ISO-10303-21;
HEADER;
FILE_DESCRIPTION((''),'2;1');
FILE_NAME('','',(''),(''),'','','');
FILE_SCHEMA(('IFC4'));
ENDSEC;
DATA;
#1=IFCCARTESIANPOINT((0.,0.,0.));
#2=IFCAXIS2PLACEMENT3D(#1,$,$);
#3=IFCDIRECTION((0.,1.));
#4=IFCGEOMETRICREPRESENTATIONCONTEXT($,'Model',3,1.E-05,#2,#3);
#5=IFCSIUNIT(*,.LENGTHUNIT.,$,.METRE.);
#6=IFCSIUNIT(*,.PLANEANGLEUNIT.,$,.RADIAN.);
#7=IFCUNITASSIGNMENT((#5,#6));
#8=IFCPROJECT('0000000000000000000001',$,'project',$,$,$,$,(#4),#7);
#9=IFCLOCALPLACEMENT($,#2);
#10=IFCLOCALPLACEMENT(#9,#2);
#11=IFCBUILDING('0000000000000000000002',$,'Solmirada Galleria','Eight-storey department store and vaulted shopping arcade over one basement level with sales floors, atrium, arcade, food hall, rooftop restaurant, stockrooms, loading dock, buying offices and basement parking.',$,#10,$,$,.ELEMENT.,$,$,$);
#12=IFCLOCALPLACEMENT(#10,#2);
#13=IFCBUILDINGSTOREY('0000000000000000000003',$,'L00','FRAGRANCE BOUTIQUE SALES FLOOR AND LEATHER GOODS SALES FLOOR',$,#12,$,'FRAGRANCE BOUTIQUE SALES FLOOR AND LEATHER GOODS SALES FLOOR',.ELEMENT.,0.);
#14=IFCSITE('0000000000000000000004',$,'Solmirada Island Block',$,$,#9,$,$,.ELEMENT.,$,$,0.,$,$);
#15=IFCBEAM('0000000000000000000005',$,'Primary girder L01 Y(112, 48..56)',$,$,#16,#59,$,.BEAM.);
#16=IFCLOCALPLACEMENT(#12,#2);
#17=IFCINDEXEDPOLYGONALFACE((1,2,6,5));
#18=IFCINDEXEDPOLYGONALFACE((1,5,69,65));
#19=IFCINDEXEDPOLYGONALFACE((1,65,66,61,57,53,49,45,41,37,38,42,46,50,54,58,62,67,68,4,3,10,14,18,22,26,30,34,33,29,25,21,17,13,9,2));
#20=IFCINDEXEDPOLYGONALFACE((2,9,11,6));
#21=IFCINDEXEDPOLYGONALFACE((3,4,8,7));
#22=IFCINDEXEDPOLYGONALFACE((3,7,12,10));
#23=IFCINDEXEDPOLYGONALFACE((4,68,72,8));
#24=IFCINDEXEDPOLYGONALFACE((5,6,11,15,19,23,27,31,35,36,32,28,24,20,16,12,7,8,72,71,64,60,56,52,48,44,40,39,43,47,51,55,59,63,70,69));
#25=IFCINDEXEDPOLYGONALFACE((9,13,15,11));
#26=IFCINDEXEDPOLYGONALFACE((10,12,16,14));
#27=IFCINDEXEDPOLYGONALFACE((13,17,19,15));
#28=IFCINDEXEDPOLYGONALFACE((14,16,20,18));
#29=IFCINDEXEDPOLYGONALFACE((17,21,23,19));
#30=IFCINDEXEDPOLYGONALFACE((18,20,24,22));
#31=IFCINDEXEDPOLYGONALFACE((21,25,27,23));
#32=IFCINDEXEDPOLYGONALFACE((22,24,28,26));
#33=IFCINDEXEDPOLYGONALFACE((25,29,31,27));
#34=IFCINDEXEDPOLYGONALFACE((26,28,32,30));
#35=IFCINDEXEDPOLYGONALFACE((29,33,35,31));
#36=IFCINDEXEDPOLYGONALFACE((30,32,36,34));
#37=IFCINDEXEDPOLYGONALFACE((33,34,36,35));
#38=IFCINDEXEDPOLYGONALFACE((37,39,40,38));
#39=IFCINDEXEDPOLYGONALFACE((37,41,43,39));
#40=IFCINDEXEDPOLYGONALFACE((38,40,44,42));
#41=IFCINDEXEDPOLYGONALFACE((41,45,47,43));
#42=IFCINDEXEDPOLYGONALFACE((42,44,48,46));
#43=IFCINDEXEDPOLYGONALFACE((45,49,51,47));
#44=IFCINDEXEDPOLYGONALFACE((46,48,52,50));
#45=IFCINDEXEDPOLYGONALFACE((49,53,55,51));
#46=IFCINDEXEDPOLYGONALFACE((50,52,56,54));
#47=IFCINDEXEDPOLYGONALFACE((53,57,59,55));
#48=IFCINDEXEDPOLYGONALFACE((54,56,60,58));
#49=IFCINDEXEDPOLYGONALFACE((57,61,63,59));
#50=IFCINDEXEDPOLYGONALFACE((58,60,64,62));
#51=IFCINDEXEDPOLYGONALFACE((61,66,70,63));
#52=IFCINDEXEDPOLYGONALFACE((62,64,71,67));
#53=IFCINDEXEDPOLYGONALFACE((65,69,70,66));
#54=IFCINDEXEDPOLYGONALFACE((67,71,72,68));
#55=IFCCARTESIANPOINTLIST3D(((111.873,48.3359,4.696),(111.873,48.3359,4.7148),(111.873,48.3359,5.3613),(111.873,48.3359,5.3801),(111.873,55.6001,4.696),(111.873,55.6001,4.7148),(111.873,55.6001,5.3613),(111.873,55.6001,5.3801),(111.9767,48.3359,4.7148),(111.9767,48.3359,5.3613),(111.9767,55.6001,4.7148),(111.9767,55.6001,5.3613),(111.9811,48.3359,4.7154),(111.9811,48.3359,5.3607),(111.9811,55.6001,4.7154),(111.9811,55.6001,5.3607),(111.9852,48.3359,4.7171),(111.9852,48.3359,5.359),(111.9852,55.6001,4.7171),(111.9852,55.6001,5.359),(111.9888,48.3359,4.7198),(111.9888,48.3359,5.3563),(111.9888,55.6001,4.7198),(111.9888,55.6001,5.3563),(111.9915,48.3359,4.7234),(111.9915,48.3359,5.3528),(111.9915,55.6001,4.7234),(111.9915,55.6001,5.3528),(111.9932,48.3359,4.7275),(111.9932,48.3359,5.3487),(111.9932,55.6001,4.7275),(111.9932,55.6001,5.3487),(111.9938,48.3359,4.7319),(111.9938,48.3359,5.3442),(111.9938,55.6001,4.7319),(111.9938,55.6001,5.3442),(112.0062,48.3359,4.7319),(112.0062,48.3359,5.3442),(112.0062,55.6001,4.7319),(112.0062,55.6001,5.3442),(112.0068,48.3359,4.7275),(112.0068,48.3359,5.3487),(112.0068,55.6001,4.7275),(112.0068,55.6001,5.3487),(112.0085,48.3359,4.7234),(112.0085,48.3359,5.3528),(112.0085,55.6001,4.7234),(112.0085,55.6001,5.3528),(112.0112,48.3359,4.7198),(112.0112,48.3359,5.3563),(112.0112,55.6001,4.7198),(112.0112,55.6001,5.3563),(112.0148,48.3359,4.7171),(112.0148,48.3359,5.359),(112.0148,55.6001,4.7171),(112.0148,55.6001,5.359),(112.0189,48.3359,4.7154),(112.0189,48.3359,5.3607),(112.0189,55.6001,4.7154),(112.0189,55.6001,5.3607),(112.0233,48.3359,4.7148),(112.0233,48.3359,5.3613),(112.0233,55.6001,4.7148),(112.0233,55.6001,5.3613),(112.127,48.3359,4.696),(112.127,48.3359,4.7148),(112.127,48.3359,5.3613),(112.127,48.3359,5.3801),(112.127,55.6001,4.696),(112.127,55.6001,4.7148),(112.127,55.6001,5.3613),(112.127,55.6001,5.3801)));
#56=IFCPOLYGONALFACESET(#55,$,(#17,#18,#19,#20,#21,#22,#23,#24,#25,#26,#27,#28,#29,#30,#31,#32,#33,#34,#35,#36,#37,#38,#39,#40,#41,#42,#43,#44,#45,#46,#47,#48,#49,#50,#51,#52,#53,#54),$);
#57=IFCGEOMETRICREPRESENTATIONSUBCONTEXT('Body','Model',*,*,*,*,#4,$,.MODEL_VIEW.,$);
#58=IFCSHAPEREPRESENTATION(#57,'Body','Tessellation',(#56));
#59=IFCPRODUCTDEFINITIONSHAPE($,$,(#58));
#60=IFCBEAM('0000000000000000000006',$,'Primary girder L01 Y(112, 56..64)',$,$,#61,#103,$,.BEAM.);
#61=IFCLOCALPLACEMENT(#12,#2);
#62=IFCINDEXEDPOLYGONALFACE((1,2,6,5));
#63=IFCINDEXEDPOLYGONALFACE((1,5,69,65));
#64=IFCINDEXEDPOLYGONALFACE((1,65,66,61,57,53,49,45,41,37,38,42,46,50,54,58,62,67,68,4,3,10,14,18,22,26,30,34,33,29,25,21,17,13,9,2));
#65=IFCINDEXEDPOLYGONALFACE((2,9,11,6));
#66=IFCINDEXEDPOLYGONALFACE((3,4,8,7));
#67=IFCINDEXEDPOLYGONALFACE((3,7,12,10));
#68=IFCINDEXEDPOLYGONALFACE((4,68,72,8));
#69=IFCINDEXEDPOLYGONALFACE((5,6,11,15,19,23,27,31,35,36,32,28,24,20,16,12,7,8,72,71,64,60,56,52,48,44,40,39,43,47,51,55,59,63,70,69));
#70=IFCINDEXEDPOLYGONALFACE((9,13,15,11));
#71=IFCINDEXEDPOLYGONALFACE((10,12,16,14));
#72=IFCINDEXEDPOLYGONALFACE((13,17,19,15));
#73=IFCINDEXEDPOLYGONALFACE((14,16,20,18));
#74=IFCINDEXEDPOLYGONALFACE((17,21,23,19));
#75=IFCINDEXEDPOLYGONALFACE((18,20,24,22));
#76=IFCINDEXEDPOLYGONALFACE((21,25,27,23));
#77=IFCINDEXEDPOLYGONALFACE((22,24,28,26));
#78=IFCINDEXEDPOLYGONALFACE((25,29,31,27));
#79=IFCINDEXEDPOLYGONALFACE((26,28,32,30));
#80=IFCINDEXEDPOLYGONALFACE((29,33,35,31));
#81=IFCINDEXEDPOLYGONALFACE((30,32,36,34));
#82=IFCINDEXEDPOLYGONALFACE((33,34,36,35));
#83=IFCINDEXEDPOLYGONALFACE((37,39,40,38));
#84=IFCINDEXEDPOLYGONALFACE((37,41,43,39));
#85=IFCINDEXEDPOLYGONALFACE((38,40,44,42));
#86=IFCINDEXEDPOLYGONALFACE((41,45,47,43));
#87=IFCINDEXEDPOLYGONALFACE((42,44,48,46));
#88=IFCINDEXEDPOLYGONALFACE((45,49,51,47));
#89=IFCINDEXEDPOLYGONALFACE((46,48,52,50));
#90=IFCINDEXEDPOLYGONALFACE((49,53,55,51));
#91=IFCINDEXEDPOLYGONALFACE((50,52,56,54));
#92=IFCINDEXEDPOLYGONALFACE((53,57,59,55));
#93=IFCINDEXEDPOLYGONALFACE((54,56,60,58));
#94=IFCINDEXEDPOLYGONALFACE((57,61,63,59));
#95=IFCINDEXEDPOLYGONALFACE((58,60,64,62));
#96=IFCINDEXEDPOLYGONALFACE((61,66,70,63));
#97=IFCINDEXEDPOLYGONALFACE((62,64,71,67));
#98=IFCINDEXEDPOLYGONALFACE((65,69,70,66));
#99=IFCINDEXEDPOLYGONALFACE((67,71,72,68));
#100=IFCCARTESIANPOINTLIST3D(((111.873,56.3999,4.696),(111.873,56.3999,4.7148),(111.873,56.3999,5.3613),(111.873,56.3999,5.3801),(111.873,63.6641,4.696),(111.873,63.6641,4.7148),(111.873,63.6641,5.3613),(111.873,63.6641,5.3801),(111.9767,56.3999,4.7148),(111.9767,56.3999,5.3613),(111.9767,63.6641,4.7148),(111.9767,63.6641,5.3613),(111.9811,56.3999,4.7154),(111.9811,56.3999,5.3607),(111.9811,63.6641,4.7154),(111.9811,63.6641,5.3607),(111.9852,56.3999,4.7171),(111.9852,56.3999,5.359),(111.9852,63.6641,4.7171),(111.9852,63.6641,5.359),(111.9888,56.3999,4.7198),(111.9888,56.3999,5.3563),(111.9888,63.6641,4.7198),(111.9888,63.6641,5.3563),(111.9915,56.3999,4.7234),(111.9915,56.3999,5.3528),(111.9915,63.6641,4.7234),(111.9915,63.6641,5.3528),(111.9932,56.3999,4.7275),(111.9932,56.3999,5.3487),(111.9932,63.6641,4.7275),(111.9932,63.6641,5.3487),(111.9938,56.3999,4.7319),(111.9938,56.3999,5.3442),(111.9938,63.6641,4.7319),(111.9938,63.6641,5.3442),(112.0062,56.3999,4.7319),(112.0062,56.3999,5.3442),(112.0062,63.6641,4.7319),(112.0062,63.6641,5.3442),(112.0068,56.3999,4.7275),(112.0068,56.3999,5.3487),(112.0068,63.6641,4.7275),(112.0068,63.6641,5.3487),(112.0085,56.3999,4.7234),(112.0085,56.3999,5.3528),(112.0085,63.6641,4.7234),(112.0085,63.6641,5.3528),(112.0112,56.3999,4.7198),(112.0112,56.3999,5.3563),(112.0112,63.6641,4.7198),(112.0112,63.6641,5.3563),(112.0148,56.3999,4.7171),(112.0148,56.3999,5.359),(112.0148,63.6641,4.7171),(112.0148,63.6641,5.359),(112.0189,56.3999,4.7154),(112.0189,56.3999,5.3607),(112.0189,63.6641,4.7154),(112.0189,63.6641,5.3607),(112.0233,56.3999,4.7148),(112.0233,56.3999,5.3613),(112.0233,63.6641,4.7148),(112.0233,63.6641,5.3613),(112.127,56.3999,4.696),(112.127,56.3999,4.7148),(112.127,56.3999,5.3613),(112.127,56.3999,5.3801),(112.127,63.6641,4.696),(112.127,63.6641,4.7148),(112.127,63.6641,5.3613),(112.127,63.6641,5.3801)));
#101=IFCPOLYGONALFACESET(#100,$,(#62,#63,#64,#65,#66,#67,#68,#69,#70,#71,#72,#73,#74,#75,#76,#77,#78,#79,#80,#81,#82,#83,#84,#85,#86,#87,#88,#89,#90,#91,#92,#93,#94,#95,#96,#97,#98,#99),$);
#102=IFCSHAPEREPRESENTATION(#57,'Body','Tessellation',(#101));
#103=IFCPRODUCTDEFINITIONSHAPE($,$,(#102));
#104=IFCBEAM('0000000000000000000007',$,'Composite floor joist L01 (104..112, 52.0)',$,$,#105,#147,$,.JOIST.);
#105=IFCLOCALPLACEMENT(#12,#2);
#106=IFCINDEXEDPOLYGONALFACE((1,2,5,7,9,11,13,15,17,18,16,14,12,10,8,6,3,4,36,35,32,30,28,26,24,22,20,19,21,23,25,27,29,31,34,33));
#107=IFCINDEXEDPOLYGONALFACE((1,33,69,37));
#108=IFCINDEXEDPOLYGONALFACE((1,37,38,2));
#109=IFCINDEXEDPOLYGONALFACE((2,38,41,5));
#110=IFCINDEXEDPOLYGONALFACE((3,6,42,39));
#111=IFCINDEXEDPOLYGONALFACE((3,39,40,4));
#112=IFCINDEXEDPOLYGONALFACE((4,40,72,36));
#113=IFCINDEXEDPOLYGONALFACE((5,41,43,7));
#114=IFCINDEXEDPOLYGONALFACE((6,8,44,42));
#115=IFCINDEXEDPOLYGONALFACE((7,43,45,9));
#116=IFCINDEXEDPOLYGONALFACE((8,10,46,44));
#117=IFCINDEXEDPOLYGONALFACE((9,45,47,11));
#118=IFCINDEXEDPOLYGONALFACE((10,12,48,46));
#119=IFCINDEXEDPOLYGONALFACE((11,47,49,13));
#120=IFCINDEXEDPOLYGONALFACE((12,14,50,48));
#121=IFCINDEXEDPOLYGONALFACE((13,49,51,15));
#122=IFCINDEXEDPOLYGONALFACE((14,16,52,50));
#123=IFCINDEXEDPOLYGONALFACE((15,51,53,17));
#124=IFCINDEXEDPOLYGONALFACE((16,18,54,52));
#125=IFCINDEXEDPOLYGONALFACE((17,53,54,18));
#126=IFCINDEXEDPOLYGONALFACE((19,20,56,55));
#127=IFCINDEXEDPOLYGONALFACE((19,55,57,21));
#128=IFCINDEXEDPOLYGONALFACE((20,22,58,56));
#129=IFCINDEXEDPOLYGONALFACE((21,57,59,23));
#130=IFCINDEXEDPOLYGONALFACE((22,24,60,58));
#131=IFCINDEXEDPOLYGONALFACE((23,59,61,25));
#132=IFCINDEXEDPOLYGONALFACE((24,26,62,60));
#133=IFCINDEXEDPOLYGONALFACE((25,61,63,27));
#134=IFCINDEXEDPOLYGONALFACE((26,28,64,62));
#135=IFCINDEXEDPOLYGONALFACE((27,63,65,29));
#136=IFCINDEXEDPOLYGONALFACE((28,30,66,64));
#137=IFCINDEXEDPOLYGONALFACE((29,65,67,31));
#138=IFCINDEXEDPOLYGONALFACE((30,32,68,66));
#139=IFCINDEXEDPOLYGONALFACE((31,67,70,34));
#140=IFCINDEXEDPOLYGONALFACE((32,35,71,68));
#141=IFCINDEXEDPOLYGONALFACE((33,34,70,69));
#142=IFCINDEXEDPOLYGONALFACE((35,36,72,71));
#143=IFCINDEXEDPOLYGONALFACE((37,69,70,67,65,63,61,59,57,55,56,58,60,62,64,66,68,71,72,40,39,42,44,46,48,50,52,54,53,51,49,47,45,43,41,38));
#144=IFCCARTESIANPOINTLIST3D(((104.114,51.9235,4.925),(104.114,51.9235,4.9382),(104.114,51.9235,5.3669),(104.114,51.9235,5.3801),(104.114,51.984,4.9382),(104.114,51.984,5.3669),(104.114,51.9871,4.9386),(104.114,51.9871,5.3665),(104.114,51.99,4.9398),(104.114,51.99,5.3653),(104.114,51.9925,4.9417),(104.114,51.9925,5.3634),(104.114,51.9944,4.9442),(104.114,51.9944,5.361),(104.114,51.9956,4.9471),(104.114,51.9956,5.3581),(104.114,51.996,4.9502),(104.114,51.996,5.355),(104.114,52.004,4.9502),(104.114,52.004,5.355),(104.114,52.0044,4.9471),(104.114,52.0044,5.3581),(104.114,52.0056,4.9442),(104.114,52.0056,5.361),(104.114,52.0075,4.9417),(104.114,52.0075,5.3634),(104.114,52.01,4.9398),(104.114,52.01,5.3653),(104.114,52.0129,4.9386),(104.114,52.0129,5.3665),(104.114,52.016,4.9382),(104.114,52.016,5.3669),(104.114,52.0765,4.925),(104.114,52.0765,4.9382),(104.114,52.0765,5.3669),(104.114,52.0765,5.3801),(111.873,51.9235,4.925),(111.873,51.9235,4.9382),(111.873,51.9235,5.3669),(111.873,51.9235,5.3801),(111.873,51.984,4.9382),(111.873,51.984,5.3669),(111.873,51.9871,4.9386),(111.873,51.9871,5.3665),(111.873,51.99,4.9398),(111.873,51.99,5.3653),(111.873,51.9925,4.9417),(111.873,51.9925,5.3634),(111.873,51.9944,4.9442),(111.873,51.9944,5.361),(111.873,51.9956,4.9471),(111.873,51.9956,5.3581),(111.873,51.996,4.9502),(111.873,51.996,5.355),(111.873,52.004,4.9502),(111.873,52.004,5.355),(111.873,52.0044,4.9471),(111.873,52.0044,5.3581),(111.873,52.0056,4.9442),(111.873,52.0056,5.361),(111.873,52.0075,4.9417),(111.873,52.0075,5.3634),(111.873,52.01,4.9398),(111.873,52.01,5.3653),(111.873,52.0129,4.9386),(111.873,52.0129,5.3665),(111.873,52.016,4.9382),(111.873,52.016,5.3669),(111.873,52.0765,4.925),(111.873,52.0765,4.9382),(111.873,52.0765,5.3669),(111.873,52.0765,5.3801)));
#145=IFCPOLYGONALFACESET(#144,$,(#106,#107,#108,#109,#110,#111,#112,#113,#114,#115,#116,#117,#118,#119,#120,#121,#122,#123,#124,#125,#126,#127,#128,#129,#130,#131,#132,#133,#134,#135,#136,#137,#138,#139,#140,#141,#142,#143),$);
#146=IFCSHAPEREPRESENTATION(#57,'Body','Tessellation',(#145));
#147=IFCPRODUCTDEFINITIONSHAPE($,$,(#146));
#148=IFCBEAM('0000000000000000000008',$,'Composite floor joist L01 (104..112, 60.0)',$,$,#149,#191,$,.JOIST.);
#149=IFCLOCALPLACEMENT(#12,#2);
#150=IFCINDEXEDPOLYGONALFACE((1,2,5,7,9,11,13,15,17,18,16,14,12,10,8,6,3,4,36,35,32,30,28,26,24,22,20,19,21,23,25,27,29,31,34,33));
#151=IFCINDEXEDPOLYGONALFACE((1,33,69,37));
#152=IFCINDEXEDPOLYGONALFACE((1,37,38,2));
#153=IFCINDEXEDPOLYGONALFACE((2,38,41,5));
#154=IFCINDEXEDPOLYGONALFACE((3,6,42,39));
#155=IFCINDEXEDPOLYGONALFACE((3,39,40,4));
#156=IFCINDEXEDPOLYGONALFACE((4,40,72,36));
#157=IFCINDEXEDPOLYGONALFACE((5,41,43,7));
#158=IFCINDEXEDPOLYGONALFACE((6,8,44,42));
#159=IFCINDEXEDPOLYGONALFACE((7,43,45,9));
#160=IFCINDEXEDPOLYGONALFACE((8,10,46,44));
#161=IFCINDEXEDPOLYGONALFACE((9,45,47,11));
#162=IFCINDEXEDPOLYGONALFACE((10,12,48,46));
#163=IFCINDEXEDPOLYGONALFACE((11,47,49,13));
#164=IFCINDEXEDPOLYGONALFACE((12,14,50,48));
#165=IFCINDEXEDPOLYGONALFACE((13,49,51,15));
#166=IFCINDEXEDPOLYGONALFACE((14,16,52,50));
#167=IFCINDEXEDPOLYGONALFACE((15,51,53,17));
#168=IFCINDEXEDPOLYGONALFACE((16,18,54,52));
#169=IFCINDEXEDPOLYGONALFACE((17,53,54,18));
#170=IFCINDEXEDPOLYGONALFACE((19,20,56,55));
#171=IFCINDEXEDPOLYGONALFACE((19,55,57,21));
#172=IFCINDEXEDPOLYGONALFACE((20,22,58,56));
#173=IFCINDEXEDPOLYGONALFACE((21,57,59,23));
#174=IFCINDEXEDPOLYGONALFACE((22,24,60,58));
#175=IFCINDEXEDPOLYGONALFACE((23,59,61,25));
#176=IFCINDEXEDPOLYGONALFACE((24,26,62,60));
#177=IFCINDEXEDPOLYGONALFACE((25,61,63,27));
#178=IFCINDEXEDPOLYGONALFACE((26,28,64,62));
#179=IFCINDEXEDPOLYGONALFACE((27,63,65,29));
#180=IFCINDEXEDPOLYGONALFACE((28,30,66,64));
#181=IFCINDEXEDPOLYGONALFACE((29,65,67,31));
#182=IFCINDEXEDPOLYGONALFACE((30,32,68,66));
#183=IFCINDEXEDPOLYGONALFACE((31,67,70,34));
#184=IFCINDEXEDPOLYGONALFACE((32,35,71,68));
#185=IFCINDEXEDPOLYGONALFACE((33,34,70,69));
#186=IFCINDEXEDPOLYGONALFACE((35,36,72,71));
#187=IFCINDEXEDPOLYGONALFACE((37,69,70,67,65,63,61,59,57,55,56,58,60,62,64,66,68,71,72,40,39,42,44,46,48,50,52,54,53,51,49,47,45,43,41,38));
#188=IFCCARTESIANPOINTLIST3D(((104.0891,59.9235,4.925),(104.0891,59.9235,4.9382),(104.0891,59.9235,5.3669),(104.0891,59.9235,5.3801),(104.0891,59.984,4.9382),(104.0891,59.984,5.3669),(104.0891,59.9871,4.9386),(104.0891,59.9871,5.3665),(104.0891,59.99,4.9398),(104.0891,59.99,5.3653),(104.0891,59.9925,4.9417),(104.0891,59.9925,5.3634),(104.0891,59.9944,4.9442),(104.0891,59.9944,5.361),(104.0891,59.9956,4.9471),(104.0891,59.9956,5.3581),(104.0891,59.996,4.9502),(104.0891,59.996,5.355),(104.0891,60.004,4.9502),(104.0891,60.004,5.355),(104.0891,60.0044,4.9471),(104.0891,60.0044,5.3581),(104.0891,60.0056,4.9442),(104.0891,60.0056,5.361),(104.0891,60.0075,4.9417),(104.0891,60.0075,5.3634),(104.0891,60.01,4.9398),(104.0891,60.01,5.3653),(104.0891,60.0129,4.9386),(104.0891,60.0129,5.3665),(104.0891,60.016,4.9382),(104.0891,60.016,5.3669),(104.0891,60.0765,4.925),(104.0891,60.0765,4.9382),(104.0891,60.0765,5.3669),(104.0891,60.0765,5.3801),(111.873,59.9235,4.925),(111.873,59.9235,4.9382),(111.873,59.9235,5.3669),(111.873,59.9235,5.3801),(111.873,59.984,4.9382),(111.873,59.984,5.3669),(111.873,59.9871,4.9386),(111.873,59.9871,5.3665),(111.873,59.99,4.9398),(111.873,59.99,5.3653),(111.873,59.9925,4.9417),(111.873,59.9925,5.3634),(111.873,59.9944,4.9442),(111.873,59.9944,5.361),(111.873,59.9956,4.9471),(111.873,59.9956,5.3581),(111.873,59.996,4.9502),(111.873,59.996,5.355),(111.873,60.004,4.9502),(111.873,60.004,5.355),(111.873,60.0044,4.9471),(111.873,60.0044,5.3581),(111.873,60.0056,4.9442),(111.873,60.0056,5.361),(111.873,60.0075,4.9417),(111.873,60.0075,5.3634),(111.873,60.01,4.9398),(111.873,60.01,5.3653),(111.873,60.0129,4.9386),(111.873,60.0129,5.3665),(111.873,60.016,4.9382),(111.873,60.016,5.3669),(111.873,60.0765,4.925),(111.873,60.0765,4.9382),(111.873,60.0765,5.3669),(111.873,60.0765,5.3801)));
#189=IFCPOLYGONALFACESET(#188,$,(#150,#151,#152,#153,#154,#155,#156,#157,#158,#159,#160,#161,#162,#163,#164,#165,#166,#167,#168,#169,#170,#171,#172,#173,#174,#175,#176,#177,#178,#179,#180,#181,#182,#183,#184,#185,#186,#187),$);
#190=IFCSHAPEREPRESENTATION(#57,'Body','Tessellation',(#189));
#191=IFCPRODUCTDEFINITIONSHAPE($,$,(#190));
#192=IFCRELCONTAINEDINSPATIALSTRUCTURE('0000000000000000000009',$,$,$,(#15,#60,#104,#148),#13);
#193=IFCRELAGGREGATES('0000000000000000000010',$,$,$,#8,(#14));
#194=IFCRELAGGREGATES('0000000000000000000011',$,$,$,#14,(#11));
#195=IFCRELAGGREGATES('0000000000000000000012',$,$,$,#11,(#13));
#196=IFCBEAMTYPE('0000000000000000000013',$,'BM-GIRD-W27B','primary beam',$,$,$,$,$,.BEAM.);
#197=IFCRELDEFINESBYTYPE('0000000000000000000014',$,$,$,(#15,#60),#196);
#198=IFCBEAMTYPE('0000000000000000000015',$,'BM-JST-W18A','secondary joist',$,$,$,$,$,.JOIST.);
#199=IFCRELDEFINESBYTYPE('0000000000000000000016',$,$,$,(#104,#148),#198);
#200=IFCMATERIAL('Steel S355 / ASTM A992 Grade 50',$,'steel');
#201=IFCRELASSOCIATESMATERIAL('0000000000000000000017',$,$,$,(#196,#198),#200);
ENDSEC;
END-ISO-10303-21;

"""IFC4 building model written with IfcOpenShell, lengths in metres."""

from ifc_helpers import new_model, si_unit, direction, frame, origin, origin_2d, place, context, subcontext, project, spatial, i_section, extrude, material, material_profile, profile_set, type_object, element, save


model = new_model("IFC4")

# Units and contexts
model_context = context("Model", 3, precision=1e-05, world=origin(), true_north=direction((0.0, 1.0)))
body_context = subcontext(model_context, "Body", "Model", "MODEL_VIEW")
ifc_project = project(units=[si_unit("LENGTHUNIT", "METRE"), si_unit("PLANEANGLEUNIT", "RADIAN")], contexts=[model_context])

# Site, building, storey
site_placement = place(None, origin())
site = spatial("IfcSite", under=ifc_project, at=site_placement, Name="Solmirada Island Block", CompositionType="ELEMENT", RefElevation=0.0)
building_placement = place(site_placement, origin())
building = spatial("IfcBuilding", under=site, at=building_placement, Name="Solmirada Galleria", Description="Eight-storey department store and vaulted shopping arcade over one basement level with sales floors, atrium, arcade, food hall, rooftop restaurant, stockrooms, loading dock, buying offices and basement parking.", CompositionType="ELEMENT")
storey_placement = place(building_placement, origin())
storey = spatial("IfcBuildingStorey", under=building, at=storey_placement, Name="L00", Description="FRAGRANCE BOUTIQUE SALES FLOOR AND LEATHER GOODS SALES FLOOR", LongName="FRAGRANCE BOUTIQUE SALES FLOOR AND LEATHER GOODS SALES FLOOR", CompositionType="ELEMENT", Elevation=0.0)

# Beams
ifc_material_1 = material(Name="Steel S355 / ASTM A992 Grade 50", Category="steel")
ifc_material_profile_1 = material_profile(ifc_material_1, i_section(OverallWidth=0.2539, OverallDepth=0.6841, WebThickness=0.0125, FlangeThickness=0.0188, FilletRadius=0.0171, at=origin_2d()), Name="W27X94")
ifc_profile_set_1 = profile_set([ifc_material_profile_1], Name="Steel S355 / ASTM A992 Grade 50")
beam_type_1 = type_object("IfcBeamType", Name="BM-GIRD-W27B", Description="primary beam", PredefinedType="BEAM", material=ifc_profile_set_1)
for number, where, z_axis, x_axis, name in (
    (1, (112.0, 48.3359, 5.0381), (0.0, 1.0, 0.0), (-1.0, 0.0, 0.0), "Primary girder L01 Y(112, 48..56)"),
    (2, (112.0, 56.3999, 5.0381), (0.0, 1.0, 0.0), (-1.0, 0.0, 0.0), "Primary girder L01 Y(112, 56..64)"),
):
    element("IfcBeam", number, at=place(storey_placement, frame(where, z_axis=z_axis, x_axis=x_axis)), inside=storey, type_object=beam_type_1, Name=name, PredefinedType="BEAM", context=body_context, shape_type="SweptSolid", body=[
        extrude(i_section(OverallWidth=0.2539, OverallDepth=0.6841, WebThickness=0.0125, FlangeThickness=0.0188, FilletRadius=0.0171, at=origin_2d()), origin(), (0.0, 0.0, 1.0), 7.2642),
    ])
ifc_material_profile_2 = material_profile(ifc_material_1, i_section(OverallWidth=0.1531, OverallDepth=0.4551, WebThickness=0.0081, FlangeThickness=0.0132, FilletRadius=0.012, at=origin_2d()), Name="W18X40")
ifc_profile_set_2 = profile_set([ifc_material_profile_2], Name="Steel S355 / ASTM A992 Grade 50")
beam_type_2 = type_object("IfcBeamType", Name="BM-JST-W18A", Description="secondary joist", PredefinedType="JOIST", material=ifc_profile_set_2)
beam_1_placement = place(storey_placement, frame((104.114, 52.0, 5.1526), z_axis=(1.0, 0.0, 0.0), x_axis=(0.0, 1.0, 0.0)))
element("IfcBeam", 3, at=beam_1_placement, inside=storey, type_object=beam_type_2, Name="Composite floor joist L01 (104..112, 52.0)", PredefinedType="JOIST", context=body_context, shape_type="SweptSolid", body=[
    extrude(i_section(OverallWidth=0.1531, OverallDepth=0.4551, WebThickness=0.0081, FlangeThickness=0.0132, FilletRadius=0.012, at=origin_2d()), origin(), (0.0, 0.0, 1.0), 7.759),
])
beam_2_placement = place(storey_placement, frame((104.0891, 60.0, 5.1526), z_axis=(1.0, 0.0, 0.0), x_axis=(0.0, 1.0, 0.0)))
element("IfcBeam", 4, at=beam_2_placement, inside=storey, type_object=beam_type_2, Name="Composite floor joist L01 (104..112, 60.0)", PredefinedType="JOIST", context=body_context, shape_type="SweptSolid", body=[
    extrude(i_section(OverallWidth=0.1531, OverallDepth=0.4551, WebThickness=0.0081, FlangeThickness=0.0132, FilletRadius=0.012, at=origin_2d()), origin(), (0.0, 0.0, 1.0), 7.7839),
])

save(model, "model.ifc")
